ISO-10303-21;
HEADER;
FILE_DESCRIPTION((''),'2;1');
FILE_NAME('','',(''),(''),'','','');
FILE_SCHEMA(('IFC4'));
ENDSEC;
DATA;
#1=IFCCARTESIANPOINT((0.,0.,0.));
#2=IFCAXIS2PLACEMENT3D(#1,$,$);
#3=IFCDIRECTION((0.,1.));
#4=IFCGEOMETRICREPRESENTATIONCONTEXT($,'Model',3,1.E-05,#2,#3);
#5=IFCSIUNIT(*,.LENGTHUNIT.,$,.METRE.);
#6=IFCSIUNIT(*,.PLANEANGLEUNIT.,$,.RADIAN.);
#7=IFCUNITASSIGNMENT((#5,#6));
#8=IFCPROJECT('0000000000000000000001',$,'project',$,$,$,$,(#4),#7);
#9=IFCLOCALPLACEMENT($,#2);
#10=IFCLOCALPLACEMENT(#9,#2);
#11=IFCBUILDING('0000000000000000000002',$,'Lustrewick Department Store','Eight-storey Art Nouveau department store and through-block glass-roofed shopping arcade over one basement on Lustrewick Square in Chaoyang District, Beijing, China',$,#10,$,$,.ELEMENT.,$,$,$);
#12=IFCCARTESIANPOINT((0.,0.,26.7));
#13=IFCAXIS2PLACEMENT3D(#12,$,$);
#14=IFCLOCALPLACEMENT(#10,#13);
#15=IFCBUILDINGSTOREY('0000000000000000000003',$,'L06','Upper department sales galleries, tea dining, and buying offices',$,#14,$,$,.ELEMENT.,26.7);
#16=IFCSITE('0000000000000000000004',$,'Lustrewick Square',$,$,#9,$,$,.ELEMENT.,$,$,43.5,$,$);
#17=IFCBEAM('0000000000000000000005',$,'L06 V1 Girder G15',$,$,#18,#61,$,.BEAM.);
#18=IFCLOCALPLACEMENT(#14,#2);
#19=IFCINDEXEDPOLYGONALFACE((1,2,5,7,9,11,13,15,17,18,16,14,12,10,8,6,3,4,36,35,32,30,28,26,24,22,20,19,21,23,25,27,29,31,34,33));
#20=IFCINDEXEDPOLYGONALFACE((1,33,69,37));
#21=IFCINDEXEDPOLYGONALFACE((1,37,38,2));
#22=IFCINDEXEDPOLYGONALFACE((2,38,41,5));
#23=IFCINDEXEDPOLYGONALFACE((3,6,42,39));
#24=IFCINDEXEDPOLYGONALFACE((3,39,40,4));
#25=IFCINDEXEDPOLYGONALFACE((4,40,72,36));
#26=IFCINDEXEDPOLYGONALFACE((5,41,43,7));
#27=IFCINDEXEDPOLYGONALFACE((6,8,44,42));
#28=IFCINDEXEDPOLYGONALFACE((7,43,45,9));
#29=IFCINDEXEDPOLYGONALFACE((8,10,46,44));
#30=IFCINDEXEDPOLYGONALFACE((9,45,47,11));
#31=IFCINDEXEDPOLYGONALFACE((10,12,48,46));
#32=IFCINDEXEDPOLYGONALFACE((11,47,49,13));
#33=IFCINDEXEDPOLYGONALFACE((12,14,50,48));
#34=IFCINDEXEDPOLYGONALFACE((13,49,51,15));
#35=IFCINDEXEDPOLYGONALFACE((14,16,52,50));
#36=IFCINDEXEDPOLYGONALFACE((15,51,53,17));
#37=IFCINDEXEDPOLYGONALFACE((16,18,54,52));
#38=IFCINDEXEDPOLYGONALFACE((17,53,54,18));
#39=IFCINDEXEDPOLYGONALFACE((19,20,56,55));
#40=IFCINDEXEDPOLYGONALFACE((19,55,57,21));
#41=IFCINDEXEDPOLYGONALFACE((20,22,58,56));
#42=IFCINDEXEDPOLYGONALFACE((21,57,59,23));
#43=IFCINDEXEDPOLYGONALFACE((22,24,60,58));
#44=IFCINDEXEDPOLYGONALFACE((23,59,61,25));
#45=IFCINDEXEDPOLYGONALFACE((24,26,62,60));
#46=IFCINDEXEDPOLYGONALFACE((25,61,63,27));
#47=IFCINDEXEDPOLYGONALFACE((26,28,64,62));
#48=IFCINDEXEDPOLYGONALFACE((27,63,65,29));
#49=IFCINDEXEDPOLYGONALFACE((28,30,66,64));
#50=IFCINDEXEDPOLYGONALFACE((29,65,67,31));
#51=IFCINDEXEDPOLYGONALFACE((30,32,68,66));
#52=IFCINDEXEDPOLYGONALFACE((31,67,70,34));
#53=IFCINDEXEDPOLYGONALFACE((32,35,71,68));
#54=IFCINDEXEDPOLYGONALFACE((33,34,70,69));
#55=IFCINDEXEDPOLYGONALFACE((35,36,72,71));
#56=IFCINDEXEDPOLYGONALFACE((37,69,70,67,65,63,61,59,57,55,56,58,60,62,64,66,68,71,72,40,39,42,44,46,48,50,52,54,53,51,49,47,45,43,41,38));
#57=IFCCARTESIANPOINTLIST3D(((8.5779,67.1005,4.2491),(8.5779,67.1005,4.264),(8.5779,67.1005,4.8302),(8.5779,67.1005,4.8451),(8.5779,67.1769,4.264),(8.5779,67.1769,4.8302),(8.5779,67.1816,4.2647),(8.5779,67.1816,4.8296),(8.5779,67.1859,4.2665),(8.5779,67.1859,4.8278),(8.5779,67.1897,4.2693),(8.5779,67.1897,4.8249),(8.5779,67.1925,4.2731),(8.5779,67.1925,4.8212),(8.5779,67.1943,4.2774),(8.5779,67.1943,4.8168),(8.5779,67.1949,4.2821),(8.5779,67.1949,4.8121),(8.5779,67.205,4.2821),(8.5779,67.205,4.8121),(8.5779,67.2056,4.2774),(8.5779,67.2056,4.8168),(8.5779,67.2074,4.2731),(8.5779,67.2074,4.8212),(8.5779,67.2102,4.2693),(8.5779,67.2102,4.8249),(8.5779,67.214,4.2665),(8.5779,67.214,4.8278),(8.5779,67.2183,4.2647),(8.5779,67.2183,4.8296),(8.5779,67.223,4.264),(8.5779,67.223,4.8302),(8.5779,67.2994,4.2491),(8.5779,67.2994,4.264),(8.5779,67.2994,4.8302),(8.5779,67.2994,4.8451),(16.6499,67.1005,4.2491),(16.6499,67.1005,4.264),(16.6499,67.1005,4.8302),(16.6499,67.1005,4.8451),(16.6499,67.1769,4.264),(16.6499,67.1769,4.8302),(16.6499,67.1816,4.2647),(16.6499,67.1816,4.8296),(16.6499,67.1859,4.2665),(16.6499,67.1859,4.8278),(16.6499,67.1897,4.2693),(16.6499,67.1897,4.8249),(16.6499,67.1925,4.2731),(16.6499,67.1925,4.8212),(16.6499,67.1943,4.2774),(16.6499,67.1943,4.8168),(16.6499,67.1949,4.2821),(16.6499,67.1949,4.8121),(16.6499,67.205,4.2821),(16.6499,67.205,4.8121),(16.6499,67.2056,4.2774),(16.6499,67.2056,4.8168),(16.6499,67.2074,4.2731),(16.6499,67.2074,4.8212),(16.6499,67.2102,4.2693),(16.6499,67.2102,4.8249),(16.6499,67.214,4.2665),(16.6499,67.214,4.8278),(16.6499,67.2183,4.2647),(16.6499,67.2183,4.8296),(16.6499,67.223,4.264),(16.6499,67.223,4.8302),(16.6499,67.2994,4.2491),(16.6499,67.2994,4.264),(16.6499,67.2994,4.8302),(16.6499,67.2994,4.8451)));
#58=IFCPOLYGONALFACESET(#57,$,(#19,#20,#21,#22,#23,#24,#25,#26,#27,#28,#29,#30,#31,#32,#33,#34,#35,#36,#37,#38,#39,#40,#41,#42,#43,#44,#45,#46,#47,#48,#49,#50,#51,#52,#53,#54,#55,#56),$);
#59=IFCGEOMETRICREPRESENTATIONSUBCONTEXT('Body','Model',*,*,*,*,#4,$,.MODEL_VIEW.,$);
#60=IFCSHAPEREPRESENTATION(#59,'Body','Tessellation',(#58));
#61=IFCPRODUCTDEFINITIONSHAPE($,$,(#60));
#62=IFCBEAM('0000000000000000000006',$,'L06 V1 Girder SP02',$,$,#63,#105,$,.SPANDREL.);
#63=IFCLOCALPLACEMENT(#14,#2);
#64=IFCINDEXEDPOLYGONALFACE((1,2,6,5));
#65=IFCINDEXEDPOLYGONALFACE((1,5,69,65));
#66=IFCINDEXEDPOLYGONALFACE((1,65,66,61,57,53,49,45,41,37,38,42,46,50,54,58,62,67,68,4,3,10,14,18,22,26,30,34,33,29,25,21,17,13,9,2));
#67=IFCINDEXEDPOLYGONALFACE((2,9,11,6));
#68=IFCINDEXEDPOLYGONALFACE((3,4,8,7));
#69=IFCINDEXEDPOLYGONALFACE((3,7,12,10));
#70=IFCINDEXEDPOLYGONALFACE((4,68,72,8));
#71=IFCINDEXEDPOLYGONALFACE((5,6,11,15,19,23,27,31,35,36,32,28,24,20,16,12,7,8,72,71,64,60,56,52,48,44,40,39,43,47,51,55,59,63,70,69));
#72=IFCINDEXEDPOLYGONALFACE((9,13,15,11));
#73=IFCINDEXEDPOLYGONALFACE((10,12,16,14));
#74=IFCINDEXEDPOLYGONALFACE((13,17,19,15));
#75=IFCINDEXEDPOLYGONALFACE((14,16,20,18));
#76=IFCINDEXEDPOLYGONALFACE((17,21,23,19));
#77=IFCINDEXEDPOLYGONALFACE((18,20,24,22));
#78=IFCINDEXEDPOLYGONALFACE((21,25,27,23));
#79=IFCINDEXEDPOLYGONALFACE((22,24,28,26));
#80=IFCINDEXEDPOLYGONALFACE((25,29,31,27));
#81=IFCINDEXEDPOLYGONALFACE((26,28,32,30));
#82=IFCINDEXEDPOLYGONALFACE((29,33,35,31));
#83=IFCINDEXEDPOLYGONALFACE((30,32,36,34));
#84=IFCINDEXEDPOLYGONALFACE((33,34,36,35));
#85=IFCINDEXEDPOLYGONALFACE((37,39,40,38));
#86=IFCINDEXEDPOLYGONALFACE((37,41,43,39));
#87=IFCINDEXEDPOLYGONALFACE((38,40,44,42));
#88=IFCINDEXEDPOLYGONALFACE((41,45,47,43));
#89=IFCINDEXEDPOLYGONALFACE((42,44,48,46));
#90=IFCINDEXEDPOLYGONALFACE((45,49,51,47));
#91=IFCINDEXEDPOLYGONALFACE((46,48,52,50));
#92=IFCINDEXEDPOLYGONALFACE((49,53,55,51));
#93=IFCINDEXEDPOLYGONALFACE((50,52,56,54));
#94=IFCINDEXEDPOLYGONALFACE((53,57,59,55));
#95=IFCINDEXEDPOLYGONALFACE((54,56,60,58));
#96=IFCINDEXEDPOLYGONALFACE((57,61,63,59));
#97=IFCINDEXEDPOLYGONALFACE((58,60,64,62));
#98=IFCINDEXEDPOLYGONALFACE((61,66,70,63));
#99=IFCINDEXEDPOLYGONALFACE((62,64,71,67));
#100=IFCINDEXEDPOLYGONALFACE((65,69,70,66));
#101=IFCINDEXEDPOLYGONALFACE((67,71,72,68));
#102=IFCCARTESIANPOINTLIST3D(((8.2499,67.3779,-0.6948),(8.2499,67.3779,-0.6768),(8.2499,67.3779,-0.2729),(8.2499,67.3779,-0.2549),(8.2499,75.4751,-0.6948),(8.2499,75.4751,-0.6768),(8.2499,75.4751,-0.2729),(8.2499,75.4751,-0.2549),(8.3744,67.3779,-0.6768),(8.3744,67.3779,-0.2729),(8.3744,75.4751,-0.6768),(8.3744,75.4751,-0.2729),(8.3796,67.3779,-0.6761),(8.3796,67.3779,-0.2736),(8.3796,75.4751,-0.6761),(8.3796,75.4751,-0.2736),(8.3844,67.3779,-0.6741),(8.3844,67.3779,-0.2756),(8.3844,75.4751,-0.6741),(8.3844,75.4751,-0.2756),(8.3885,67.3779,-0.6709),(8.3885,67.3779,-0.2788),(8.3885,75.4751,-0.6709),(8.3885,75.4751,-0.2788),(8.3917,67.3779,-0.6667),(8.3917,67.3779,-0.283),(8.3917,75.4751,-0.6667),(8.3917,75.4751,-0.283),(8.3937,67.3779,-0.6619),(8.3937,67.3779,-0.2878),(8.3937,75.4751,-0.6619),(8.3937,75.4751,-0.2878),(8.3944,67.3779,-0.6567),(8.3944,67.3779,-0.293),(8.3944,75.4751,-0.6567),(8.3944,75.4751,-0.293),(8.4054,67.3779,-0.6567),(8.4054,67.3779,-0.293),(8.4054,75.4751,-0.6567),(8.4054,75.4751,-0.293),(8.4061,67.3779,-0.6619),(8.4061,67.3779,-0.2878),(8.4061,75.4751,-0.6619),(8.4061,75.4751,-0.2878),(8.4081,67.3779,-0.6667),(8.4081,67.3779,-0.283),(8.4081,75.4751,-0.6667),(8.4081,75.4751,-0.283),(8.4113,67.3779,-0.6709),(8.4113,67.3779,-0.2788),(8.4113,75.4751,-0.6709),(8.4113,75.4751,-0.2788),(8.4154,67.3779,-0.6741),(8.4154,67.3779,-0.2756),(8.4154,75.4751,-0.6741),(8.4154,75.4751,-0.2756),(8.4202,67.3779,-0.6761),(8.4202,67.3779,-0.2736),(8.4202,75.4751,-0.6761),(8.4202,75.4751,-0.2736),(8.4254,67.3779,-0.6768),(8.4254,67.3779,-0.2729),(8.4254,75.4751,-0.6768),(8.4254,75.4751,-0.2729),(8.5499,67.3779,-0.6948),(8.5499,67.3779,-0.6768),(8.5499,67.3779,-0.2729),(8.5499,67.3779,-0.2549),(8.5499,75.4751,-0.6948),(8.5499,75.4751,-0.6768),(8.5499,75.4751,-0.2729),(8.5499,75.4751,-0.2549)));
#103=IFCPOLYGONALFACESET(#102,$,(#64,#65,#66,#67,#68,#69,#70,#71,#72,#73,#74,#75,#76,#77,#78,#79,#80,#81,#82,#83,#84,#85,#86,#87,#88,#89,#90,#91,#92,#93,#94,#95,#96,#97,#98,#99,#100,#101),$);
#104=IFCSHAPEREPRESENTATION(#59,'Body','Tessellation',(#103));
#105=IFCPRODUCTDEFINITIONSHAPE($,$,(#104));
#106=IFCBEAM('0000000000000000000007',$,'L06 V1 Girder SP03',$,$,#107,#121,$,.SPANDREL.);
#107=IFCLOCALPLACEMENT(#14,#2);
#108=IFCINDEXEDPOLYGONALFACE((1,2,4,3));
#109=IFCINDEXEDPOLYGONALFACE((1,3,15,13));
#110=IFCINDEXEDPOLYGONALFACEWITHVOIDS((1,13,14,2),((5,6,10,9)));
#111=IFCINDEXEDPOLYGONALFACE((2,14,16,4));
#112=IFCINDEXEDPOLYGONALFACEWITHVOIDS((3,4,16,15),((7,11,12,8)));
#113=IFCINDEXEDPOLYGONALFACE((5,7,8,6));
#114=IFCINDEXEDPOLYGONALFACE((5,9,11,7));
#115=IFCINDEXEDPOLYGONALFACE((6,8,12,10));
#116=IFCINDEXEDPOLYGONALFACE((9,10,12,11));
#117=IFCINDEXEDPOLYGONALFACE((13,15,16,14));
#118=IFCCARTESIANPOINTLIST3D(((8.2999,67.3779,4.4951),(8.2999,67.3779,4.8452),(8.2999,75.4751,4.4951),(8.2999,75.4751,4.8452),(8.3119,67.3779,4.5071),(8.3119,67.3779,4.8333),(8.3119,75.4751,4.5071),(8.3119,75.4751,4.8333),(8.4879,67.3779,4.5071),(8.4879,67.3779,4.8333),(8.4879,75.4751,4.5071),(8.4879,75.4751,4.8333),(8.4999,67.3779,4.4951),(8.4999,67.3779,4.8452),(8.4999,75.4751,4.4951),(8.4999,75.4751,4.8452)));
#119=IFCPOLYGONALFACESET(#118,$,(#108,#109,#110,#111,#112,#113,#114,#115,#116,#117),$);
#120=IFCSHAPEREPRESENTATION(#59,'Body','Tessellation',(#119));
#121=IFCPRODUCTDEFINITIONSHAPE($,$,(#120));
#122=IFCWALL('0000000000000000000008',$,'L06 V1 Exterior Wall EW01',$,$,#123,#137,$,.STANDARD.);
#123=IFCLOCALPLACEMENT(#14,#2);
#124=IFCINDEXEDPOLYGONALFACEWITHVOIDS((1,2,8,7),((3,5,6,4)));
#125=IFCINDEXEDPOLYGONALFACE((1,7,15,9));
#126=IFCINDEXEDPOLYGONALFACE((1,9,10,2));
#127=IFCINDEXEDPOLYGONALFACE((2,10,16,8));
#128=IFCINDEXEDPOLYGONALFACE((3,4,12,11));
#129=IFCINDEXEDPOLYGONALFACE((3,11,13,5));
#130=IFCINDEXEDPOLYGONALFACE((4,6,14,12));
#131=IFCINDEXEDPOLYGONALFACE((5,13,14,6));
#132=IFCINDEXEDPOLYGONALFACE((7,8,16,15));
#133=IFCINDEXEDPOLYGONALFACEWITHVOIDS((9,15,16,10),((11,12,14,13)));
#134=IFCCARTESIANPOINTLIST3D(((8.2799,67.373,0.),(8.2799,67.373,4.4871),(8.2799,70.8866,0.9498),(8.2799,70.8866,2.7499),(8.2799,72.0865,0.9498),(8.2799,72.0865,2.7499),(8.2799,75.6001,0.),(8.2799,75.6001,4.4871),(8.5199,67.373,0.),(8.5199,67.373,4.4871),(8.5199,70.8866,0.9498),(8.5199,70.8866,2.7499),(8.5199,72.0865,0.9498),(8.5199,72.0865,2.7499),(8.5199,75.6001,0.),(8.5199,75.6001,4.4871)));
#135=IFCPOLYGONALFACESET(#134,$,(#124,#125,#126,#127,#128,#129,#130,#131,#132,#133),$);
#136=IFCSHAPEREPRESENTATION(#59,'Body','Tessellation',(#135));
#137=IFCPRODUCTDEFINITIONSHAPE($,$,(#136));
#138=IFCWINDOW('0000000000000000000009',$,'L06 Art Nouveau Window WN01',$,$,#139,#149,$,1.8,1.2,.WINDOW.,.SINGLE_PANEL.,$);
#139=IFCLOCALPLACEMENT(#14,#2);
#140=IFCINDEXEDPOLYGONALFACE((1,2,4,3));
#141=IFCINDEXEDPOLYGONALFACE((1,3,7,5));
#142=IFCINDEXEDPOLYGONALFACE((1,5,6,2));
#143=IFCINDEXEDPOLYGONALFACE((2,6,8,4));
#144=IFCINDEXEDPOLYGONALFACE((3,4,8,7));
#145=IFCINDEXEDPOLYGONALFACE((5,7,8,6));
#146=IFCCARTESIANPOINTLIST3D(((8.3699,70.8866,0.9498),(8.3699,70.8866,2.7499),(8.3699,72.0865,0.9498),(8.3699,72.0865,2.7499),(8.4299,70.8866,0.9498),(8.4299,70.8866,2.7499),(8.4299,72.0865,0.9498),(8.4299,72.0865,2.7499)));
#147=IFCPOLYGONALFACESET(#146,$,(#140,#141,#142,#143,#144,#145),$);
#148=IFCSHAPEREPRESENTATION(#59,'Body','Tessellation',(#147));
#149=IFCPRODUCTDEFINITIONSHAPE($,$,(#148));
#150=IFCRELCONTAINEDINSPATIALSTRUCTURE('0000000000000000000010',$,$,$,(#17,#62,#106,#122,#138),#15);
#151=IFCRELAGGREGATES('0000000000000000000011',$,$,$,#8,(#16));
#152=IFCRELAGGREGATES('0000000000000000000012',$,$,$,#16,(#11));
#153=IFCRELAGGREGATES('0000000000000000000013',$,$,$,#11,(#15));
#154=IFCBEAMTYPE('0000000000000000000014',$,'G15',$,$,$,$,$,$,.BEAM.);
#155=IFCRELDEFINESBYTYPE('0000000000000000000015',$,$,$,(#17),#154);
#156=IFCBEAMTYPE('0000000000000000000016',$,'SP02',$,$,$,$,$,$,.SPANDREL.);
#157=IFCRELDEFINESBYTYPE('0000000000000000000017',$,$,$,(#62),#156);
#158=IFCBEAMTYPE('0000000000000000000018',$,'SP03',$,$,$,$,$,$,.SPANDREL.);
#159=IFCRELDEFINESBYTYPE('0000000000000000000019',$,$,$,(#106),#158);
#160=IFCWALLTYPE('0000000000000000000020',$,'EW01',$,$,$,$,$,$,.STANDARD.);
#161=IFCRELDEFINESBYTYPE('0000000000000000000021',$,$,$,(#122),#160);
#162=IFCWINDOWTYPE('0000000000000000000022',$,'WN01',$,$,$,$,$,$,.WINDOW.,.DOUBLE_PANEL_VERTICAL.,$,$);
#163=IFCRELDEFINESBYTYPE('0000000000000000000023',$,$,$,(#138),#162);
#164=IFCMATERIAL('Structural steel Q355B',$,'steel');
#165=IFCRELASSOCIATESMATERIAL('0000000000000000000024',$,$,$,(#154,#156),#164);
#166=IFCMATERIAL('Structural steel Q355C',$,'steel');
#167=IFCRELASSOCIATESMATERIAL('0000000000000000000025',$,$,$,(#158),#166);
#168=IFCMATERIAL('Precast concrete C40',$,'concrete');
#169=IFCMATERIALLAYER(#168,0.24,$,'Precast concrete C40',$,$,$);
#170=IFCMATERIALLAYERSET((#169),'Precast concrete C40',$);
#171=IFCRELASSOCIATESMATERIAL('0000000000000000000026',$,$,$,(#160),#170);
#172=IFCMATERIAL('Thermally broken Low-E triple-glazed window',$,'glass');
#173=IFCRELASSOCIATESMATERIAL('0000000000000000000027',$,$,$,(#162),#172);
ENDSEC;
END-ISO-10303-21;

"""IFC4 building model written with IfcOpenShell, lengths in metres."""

from ifc_helpers import new_model, si_unit, direction, frame, frame_2d, origin, origin_2d, place, context, subcontext, project, spatial, rectangle, hollow_rectangle, i_section, extrude, material, layer, layer_set, material_profile, profile_set, type_object, element, fill, save


model = new_model("IFC4")

# Units and contexts
model_context = context("Model", 3, precision=1e-05, world=origin(), true_north=direction((0.0, 1.0)))
body_context = subcontext(model_context, "Body", "Model", "MODEL_VIEW")
ifc_project = project(units=[si_unit("LENGTHUNIT", "METRE"), si_unit("PLANEANGLEUNIT", "RADIAN")], contexts=[model_context])

# Site, building, storey
site_placement = place(None, origin())
site = spatial("IfcSite", under=ifc_project, at=site_placement, Name="Lustrewick Square", CompositionType="ELEMENT", RefElevation=43.5)
building_placement = place(site_placement, origin())
building = spatial("IfcBuilding", under=site, at=building_placement, Name="Lustrewick Department Store", Description="Eight-storey Art Nouveau department store and through-block glass-roofed shopping arcade over one basement on Lustrewick Square in Chaoyang District, Beijing, China", CompositionType="ELEMENT")
storey_placement = place(building_placement, frame((0.0, 0.0, 26.7)))
storey = spatial("IfcBuildingStorey", under=building, at=storey_placement, Name="L06", Description="Upper department sales galleries, tea dining, and buying offices", CompositionType="ELEMENT", Elevation=26.7)

# Shared definitions
ifc_material_1 = material(Name="Structural steel Q355B", Category="steel")

# Beams
ifc_material_profile_1 = material_profile(ifc_material_1, i_section(OverallWidth=0.199, OverallDepth=0.5959, WebThickness=0.01, FlangeThickness=0.0149, FilletRadius=0.0181, at=origin_2d()), Name="HN 596x199x10x15")
ifc_profile_set_1 = profile_set([ifc_material_profile_1], Name="Structural steel Q355B")
beam_type_1 = type_object("IfcBeamType", Name="G15", PredefinedType="BEAM", material=ifc_profile_set_1)
beam_1_placement = place(storey_placement, frame((8.5779, 67.2, 4.5471), z_axis=(1.0, 0.0, 0.0), x_axis=(0.0, 1.0, 0.0)))
element("IfcBeam", 1, at=beam_1_placement, inside=storey, type_object=beam_type_1, Name="L06 V1 Girder G15", PredefinedType="BEAM", context=body_context, shape_type="SweptSolid", body=[
    extrude(i_section(OverallWidth=0.199, OverallDepth=0.5959, WebThickness=0.01, FlangeThickness=0.0149, FilletRadius=0.0181, at=origin_2d()), origin(), (0.0, 0.0, 1.0), 8.072),
])
ifc_material_profile_2 = material_profile(ifc_material_1, i_section(OverallWidth=0.3, OverallDepth=0.4399, WebThickness=0.011, FlangeThickness=0.0181, FilletRadius=0.02, at=origin_2d()), Name="HM 440x300x11x18")
ifc_profile_set_2 = profile_set([ifc_material_profile_2], Name="Structural steel Q355B")
beam_type_2 = type_object("IfcBeamType", Name="SP02", PredefinedType="SPANDREL", material=ifc_profile_set_2)
beam_2_placement = place(storey_placement, frame((8.3999, 67.3779, -0.4749), z_axis=(0.0, 1.0, 0.0), x_axis=(-1.0, 0.0, 0.0)))
element("IfcBeam", 2, at=beam_2_placement, inside=storey, type_object=beam_type_2, Name="L06 V1 Girder SP02", PredefinedType="SPANDREL", context=body_context, shape_type="SweptSolid", body=[
    extrude(i_section(OverallWidth=0.3, OverallDepth=0.4399, WebThickness=0.011, FlangeThickness=0.0181, FilletRadius=0.02, at=origin_2d()), origin(), (0.0, 0.0, 1.0), 8.0972),
])
ifc_material_2 = material(Name="Structural steel Q355C", Category="steel")
ifc_material_profile_3 = material_profile(ifc_material_2, hollow_rectangle(XDim=0.2, YDim=0.3501, WallThickness=0.012, at=origin_2d()), Name="RHS 350x200x12")
ifc_profile_set_3 = profile_set([ifc_material_profile_3], Name="Structural steel Q355C")
beam_type_3 = type_object("IfcBeamType", Name="SP03", PredefinedType="SPANDREL", material=ifc_profile_set_3)
beam_3_placement = place(storey_placement, frame((8.3999, 67.3779, 4.6702), z_axis=(0.0, 1.0, 0.0), x_axis=(-1.0, 0.0, 0.0)))
element("IfcBeam", 3, at=beam_3_placement, inside=storey, type_object=beam_type_3, Name="L06 V1 Girder SP03", PredefinedType="SPANDREL", context=body_context, shape_type="SweptSolid", body=[
    extrude(hollow_rectangle(XDim=0.2, YDim=0.3501, WallThickness=0.012, at=origin_2d()), origin(), (0.0, 0.0, 1.0), 8.0972),
])

# Wall, opening, window
ifc_material_3 = material(Name="Precast concrete C40", Category="concrete")
ifc_layer_1 = layer(ifc_material_3, 0.24, Name="Precast concrete C40")
ifc_layer_set_1 = layer_set([ifc_layer_1], Name="Precast concrete C40")
wall_type_1 = type_object("IfcWallType", Name="EW01", PredefinedType="STANDARD", material=ifc_layer_set_1)
wall_1_placement = place(storey_placement, frame((8.3999, 75.6001, 0.0), z_axis=(0.0, 0.0, 1.0), x_axis=(0.0, -1.0, 0.0)))
wall_1 = element("IfcWall", 4, at=wall_1_placement, inside=storey, type_object=wall_type_1, Name="L06 V1 Exterior Wall EW01", PredefinedType="STANDARD", context=body_context, shape_type="SweptSolid", body=[
    extrude(rectangle(XDim=8.2271, YDim=0.24, at=frame_2d((4.1135, 0.0))), origin(), (0.0, 0.0, 1.0), 4.4871),
])
opening_1_placement = place(wall_1_placement, frame((3.5134, 0.0, 0.95)))
opening_1 = element("IfcOpeningElement", 5, at=opening_1_placement, cuts=wall_1, PredefinedType="OPENING", context=body_context, shape_type="SweptSolid", body=[
    extrude(rectangle(XDim=1.2, YDim=1.8, at=frame_2d((0.6001, 0.8999))), frame((0.0, 0.1299, 0.0), z_axis=(0.0, -1.0, 0.0), x_axis=(1.0, 0.0, 0.0)), (0.0, 0.0, 1.0), 0.26),
])
ifc_material_4 = material(Name="Thermally broken Low-E triple-glazed window", Category="glass")
window_type_1 = type_object("IfcWindowType", Name="WN01", PartitioningType="DOUBLE_PANEL_VERTICAL", PredefinedType="WINDOW", material=ifc_material_4)
window_1_placement = place(opening_1_placement, origin())
window_1 = element("IfcWindow", 6, at=window_1_placement, inside=storey, type_object=window_type_1, Name="L06 Art Nouveau Window WN01", OverallHeight=1.8, OverallWidth=1.2, PartitioningType="SINGLE_PANEL", PredefinedType="WINDOW", context=body_context, shape_type="SweptSolid", body=[
    extrude(rectangle(XDim=1.2, YDim=1.8, at=frame_2d((0.6001, 0.8999))), frame((0.0, 0.03, 0.0), z_axis=(0.0, -1.0, 0.0), x_axis=(1.0, 0.0, 0.0)), (0.0, 0.0, 1.0), 0.0601),
])
fill(opening_1, window_1)

save(model, "model.ifc")
